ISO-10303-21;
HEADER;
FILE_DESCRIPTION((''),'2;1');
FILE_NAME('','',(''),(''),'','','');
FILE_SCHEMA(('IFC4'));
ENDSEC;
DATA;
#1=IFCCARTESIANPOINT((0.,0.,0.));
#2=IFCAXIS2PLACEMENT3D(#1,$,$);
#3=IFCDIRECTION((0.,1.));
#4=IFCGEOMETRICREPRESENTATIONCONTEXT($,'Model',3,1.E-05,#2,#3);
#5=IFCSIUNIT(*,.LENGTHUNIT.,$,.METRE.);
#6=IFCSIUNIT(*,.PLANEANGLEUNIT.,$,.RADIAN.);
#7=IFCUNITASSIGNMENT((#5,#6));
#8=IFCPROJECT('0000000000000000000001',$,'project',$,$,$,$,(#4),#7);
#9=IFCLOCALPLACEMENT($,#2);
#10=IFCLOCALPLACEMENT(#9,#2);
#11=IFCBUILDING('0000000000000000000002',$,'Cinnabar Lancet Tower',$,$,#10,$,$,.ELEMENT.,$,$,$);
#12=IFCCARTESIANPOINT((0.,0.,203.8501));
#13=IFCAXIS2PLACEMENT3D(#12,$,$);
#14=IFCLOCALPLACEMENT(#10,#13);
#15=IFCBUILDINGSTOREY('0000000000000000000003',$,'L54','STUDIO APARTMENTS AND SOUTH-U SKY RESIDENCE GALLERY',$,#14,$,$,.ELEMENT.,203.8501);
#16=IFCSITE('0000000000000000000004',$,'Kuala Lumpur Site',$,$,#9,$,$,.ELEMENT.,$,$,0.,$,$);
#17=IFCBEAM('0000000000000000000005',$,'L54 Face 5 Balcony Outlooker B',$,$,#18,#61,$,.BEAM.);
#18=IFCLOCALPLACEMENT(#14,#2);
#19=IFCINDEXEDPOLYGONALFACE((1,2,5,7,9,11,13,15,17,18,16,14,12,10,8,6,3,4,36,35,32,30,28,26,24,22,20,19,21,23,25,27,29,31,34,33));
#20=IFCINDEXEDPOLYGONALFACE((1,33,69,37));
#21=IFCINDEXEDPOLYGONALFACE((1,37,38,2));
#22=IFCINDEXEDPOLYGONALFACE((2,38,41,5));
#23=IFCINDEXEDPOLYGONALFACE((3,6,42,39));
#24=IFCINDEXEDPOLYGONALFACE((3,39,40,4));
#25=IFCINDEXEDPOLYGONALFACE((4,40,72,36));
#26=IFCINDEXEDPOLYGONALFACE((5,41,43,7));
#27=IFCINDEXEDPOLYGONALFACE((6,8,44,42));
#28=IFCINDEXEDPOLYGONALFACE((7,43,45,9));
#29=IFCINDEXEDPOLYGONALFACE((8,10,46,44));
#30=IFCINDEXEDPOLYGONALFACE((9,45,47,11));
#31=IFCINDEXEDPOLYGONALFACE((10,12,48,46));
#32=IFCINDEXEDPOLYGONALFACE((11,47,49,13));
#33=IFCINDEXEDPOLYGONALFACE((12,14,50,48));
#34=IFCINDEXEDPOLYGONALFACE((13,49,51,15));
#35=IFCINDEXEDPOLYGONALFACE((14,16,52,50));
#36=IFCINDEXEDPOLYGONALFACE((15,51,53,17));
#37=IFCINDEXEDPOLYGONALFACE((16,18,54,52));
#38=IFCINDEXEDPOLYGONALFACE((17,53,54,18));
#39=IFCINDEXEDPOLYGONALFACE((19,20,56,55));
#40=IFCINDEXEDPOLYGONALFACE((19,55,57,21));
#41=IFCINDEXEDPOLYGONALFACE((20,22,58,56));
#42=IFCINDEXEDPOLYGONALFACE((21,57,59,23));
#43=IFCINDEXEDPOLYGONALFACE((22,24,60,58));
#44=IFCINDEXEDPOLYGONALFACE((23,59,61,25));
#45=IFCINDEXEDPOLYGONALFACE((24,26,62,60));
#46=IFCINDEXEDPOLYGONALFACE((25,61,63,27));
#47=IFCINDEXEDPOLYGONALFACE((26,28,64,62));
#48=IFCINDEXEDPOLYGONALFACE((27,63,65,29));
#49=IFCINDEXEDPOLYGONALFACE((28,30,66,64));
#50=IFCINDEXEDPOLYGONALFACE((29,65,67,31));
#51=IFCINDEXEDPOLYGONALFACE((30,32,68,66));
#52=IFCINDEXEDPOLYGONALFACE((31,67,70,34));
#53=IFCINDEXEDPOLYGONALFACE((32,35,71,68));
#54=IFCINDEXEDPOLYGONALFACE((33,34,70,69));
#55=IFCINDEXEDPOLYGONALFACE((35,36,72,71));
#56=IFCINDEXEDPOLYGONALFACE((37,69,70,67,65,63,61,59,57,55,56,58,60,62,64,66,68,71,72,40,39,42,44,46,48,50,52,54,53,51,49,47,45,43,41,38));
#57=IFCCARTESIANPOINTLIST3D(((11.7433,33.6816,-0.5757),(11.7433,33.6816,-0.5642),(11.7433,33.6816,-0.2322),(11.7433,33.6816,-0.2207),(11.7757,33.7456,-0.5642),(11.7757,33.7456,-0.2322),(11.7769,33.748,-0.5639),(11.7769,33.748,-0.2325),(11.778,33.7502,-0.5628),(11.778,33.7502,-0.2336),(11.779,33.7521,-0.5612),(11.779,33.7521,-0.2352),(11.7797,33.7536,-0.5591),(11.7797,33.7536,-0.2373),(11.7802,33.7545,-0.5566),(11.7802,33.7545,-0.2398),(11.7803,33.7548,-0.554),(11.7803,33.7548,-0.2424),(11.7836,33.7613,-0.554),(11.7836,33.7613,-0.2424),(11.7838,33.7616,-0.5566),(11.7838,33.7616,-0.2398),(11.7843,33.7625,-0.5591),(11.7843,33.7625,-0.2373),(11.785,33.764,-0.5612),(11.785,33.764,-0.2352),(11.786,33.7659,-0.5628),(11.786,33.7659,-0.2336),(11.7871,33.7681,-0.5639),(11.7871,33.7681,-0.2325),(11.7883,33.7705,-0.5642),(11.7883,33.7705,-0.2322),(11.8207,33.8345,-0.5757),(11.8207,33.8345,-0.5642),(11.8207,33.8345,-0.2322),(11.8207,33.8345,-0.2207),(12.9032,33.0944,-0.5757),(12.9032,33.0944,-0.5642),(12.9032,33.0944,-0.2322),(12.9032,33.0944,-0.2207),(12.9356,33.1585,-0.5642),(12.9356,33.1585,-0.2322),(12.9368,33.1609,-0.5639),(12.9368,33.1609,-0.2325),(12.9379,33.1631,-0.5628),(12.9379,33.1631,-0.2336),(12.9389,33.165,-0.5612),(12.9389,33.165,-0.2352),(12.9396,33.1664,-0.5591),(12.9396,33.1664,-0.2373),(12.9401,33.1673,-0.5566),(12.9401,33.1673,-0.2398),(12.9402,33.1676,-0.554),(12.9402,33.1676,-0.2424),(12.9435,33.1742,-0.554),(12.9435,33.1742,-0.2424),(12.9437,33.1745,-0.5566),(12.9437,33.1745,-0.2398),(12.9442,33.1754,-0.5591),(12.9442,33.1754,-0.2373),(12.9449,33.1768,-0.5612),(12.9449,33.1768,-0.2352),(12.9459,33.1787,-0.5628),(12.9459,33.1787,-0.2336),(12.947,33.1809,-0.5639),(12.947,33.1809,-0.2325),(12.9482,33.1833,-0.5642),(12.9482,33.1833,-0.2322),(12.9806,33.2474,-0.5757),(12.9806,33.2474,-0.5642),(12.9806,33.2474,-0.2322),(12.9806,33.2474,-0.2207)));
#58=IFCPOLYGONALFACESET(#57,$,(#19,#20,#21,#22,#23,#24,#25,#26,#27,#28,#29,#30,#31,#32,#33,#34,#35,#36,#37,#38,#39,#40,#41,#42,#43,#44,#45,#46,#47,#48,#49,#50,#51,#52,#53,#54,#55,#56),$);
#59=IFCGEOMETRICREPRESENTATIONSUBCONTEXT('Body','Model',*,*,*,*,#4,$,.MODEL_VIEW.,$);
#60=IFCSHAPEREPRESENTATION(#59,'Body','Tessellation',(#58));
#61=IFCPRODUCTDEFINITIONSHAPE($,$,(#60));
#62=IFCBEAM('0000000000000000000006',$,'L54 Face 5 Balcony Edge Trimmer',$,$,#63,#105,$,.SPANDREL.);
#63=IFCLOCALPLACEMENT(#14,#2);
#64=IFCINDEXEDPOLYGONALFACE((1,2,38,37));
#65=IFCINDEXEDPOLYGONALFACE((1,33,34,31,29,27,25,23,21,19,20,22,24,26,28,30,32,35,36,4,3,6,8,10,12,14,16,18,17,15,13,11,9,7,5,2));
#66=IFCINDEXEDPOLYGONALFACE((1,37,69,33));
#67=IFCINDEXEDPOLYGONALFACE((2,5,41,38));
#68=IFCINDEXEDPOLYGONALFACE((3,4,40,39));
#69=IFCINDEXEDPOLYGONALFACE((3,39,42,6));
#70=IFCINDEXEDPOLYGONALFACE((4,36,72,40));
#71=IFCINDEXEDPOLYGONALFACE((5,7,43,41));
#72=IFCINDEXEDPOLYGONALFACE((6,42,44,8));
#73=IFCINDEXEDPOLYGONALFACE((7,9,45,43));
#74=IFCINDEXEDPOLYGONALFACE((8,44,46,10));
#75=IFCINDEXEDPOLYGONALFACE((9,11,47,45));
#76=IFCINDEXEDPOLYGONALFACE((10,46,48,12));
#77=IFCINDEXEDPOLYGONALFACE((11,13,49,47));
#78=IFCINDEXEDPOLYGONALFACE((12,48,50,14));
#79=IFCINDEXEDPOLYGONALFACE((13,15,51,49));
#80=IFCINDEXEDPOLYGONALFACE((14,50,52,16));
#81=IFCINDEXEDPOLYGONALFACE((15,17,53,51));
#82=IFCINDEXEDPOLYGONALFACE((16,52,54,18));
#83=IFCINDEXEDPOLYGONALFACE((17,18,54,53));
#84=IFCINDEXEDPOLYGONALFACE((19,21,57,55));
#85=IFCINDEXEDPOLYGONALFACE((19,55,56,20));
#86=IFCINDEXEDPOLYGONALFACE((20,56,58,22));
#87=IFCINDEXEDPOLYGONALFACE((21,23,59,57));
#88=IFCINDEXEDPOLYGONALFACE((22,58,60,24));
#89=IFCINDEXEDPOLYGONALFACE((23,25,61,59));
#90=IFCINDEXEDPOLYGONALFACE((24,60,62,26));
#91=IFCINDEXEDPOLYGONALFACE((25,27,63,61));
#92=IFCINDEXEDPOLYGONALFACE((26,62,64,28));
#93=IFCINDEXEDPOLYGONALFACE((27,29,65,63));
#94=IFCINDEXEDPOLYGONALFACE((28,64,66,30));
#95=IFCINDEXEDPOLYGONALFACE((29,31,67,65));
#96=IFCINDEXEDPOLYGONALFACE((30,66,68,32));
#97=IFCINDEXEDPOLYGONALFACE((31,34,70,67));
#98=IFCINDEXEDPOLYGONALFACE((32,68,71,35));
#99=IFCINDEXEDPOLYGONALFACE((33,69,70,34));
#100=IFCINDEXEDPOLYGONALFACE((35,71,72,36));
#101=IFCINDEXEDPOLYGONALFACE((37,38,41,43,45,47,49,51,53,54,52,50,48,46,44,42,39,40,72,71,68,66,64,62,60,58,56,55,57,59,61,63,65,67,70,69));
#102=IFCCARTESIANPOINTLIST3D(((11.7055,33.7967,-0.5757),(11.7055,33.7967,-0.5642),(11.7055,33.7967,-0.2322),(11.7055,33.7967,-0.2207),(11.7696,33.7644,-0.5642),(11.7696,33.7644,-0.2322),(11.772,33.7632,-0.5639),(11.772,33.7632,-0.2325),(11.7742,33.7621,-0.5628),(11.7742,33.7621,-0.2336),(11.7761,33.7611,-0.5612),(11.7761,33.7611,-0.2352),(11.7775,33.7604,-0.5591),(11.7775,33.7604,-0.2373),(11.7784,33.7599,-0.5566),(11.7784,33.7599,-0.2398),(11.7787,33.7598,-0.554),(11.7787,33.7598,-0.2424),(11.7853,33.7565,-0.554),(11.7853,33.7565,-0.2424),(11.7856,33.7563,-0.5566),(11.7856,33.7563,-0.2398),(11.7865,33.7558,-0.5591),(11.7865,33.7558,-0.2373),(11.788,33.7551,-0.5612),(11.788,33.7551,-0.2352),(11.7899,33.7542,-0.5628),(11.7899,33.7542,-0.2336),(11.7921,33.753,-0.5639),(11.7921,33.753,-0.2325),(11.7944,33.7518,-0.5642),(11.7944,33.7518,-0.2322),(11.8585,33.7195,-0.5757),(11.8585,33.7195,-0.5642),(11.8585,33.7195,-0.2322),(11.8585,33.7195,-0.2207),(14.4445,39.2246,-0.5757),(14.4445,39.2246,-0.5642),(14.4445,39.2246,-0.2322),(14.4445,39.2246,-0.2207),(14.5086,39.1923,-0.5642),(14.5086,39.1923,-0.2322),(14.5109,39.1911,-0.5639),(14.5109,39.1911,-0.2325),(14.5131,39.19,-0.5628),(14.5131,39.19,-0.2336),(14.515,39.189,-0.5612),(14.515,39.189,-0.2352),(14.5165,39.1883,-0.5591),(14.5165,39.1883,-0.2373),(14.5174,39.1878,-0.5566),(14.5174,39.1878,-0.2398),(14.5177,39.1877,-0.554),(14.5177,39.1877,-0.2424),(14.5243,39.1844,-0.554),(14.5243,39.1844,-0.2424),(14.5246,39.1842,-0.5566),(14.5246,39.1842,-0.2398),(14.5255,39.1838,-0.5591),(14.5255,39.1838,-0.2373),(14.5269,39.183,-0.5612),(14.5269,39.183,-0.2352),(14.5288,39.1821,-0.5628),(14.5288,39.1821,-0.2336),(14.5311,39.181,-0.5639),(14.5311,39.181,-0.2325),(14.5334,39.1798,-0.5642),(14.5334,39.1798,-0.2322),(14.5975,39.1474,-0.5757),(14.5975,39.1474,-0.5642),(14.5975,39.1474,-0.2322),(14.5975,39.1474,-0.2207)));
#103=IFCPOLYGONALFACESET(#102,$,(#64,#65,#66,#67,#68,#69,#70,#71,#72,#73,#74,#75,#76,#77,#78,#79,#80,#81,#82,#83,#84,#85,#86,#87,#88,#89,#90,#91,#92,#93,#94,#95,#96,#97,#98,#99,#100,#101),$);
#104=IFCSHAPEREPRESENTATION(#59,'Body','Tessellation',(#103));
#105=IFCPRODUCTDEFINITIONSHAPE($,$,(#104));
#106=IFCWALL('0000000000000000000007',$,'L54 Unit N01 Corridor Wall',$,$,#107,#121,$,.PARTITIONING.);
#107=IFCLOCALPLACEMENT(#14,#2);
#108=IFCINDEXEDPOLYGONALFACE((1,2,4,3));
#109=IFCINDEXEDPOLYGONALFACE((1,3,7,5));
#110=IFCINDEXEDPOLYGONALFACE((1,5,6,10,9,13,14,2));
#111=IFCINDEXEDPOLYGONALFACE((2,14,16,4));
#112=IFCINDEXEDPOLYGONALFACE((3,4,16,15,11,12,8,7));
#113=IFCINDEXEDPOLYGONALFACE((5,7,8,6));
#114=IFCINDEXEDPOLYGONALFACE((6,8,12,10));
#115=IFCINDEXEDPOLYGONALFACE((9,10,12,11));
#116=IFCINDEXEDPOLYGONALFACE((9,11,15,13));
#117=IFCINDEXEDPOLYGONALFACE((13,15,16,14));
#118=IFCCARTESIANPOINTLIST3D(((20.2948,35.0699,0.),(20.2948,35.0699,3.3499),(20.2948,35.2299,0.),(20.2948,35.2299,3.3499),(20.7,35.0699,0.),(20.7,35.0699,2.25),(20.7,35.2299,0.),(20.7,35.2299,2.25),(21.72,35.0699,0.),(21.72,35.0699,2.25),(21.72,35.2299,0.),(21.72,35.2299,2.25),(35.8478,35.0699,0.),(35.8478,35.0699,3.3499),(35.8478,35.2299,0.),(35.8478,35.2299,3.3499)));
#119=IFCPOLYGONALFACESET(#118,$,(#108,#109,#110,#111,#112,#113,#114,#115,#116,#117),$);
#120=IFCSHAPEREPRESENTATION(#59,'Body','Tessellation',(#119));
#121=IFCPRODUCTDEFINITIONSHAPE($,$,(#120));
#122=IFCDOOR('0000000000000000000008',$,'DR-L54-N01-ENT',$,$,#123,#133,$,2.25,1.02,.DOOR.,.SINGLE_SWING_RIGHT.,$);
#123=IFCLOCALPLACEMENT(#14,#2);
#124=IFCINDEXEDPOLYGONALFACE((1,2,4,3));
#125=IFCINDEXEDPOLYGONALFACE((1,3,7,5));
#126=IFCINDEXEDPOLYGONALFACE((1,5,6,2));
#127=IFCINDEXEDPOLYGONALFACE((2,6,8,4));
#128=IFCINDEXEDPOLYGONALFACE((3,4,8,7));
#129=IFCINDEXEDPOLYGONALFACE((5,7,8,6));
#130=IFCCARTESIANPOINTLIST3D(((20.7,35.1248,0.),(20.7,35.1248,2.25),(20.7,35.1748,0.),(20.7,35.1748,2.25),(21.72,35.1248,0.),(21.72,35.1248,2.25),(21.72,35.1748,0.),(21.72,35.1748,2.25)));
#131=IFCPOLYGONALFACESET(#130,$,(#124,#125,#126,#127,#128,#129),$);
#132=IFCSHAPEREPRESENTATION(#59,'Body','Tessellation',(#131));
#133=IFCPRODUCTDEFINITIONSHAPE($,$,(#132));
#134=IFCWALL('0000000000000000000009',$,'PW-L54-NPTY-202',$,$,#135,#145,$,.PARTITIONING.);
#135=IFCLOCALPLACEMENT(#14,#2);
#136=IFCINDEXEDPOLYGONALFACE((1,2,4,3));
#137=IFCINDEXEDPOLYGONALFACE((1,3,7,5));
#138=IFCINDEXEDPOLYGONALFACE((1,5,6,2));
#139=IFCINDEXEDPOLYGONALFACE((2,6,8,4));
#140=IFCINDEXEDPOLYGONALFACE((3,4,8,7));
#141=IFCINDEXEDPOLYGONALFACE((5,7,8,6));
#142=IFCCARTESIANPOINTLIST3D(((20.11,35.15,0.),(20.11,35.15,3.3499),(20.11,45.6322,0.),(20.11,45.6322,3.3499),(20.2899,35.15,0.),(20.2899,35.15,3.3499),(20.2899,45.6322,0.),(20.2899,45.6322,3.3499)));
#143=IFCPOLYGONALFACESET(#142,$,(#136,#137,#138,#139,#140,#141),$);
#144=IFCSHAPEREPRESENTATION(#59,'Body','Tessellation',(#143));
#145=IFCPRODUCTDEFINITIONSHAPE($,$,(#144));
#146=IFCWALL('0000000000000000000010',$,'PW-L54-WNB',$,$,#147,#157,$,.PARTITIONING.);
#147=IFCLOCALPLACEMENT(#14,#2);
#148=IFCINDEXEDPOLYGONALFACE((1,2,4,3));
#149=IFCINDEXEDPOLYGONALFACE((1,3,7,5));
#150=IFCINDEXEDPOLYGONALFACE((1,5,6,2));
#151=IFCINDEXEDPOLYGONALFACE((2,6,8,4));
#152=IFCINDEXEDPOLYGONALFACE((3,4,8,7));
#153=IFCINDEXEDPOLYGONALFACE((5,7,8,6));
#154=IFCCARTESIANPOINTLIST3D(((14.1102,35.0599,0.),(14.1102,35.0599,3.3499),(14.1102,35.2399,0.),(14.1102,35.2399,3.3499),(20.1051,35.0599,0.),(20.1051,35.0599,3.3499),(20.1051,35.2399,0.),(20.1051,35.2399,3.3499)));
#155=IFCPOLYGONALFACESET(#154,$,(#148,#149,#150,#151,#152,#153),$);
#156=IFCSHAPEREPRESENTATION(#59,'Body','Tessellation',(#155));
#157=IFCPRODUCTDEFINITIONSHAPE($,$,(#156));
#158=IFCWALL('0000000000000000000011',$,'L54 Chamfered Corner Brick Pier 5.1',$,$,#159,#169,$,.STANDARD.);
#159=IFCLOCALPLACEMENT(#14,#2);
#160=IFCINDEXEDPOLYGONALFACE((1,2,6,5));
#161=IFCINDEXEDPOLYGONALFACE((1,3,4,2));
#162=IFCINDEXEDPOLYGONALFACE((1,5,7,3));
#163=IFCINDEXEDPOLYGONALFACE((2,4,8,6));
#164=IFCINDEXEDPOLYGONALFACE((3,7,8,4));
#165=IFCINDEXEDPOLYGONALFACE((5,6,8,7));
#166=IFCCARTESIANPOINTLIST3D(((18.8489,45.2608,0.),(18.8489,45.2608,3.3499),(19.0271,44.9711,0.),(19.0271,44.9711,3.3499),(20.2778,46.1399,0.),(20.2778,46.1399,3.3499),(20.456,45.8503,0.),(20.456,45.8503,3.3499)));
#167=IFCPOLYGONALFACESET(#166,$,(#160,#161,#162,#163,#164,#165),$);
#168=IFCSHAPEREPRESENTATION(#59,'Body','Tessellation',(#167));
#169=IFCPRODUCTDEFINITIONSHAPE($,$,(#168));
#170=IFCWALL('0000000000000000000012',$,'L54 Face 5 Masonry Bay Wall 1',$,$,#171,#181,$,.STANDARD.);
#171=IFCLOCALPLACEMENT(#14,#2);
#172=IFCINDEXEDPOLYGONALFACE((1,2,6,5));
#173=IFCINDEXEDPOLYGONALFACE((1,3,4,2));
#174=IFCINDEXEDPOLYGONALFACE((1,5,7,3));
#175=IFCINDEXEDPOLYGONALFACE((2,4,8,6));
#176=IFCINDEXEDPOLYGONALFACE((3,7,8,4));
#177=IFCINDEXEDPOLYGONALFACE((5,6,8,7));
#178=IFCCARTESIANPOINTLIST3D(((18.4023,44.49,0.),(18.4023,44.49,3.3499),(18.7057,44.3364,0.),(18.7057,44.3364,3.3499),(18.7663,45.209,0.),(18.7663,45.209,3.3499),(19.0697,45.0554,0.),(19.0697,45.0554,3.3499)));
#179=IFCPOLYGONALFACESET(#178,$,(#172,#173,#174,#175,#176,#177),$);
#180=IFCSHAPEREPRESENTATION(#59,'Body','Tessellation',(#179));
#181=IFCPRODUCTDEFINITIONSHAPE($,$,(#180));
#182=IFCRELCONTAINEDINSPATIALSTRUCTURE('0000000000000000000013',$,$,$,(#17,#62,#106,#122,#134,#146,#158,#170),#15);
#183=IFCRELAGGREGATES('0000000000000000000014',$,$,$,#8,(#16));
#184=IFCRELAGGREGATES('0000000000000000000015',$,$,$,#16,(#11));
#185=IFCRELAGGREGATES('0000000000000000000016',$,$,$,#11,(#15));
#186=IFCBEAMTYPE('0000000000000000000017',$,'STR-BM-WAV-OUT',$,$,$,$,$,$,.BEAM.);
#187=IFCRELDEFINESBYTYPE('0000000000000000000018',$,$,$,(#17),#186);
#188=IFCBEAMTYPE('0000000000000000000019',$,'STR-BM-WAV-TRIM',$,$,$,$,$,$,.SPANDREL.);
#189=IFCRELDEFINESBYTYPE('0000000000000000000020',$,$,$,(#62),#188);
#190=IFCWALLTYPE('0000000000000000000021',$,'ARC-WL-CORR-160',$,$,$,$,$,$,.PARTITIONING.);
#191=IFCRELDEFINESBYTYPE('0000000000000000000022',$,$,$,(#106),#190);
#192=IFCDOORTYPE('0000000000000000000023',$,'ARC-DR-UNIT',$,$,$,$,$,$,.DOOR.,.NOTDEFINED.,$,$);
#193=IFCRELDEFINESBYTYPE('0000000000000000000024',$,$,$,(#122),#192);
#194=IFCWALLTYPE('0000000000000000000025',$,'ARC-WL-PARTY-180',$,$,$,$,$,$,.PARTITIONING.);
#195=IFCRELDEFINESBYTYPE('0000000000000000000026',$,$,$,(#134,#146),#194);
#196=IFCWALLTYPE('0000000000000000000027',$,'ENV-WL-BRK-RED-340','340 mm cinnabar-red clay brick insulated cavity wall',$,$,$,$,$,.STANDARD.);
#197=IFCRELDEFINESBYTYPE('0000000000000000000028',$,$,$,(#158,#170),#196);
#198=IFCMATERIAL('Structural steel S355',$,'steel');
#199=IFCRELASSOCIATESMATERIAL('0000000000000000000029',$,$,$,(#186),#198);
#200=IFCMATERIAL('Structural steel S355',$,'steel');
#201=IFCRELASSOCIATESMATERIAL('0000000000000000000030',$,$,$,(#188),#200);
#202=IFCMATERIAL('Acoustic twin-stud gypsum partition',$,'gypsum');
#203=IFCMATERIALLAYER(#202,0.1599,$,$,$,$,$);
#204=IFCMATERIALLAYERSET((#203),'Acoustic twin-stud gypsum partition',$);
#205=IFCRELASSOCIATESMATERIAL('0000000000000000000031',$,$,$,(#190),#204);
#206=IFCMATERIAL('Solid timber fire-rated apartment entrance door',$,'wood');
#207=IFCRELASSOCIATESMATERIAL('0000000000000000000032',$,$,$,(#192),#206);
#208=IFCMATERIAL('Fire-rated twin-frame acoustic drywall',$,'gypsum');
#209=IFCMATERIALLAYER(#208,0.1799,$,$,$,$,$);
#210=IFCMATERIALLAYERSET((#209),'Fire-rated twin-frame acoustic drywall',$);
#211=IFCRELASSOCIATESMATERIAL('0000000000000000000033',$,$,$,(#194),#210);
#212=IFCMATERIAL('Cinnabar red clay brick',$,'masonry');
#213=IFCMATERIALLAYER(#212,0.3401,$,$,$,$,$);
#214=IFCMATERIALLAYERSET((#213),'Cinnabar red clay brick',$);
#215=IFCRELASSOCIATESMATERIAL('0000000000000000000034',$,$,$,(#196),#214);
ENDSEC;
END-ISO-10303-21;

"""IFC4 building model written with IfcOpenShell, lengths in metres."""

from ifc_helpers import new_model, si_unit, direction, frame, frame_2d, origin, origin_2d, place, context, subcontext, project, spatial, rectangle, i_section, extrude, material, layer, layer_set, material_profile, profile_set, type_object, element, fill, save


model = new_model("IFC4")

# Units and contexts
model_context = context("Model", 3, precision=1e-05, world=origin(), true_north=direction((0.0, 1.0)))
body_context = subcontext(model_context, "Body", "Model", "MODEL_VIEW")
ifc_project = project(units=[si_unit("LENGTHUNIT", "METRE"), si_unit("PLANEANGLEUNIT", "RADIAN")], contexts=[model_context])

# Site, building, storey
site_placement = place(None, origin())
site = spatial("IfcSite", under=ifc_project, at=site_placement, Name="Kuala Lumpur Site", CompositionType="ELEMENT", RefElevation=0.0)
building_placement = place(site_placement, origin())
building = spatial("IfcBuilding", under=site, at=building_placement, Name="Cinnabar Lancet Tower", CompositionType="ELEMENT")
storey_placement = place(building_placement, frame((0.0, 0.0, 203.8501)))
storey = spatial("IfcBuildingStorey", under=building, at=storey_placement, Name="L54", Description="STUDIO APARTMENTS AND SOUTH-U SKY RESIDENCE GALLERY", CompositionType="ELEMENT", Elevation=203.8501)

# Beams
ifc_material_1 = material(Name="Structural steel S355", Category="steel")
ifc_material_profile_1 = material_profile(ifc_material_1, i_section(OverallWidth=0.1714, OverallDepth=0.355, WebThickness=0.0073, FlangeThickness=0.0115, FilletRadius=0.0103, at=origin_2d()), Name="UKB 356x171x51")
ifc_profile_set_1 = profile_set([ifc_material_profile_1], Name="Structural steel S355")
beam_type_1 = type_object("IfcBeamType", Name="STR-BM-WAV-OUT", PredefinedType="BEAM", material=ifc_profile_set_1)
for number, where, z_axis, x_axis, name in (
    (1, (12.9419, 33.1709, -0.3982), (-0.8922, 0.45164, 0.0), (-0.45164, -0.8922, 0.0), "L54 Face 5 Balcony Outlooker B"),
):
    element("IfcBeam", number, at=place(storey_placement, frame(where, z_axis=z_axis, x_axis=x_axis)), inside=storey, type_object=beam_type_1, Name=name, PredefinedType="BEAM", context=body_context, shape_type="SweptSolid", body=[
        extrude(i_section(OverallWidth=0.1714, OverallDepth=0.355, WebThickness=0.0073, FlangeThickness=0.0115, FilletRadius=0.0103, at=origin_2d()), origin(), (0.0, 0.0, 1.0), 1.3),
    ])
ifc_material_2 = material(Name="Structural steel S355", Category="steel")
ifc_material_profile_2 = material_profile(ifc_material_2, i_section(OverallWidth=0.1714, OverallDepth=0.355, WebThickness=0.0073, FlangeThickness=0.0115, FilletRadius=0.0103, at=origin_2d()), Name="UKB 356x171x51")
ifc_profile_set_2 = profile_set([ifc_material_profile_2], Name="Structural steel S355")
beam_type_2 = type_object("IfcBeamType", Name="STR-BM-WAV-TRIM", PredefinedType="SPANDREL", material=ifc_profile_set_2)
beam_1_placement = place(storey_placement, frame((14.521, 39.186, -0.3982), z_axis=(-0.450503, -0.892775, 0.0), x_axis=(0.892775, -0.450503, 0.0)))
element("IfcBeam", 2, at=beam_1_placement, inside=storey, type_object=beam_type_2, Name="L54 Face 5 Balcony Edge Trimmer", PredefinedType="SPANDREL", context=body_context, shape_type="SweptSolid", body=[
    extrude(i_section(OverallWidth=0.1714, OverallDepth=0.355, WebThickness=0.0073, FlangeThickness=0.0115, FilletRadius=0.0103, at=origin_2d()), origin(), (0.0, 0.0, 1.0), 6.0798),
])

# Wall, opening, door
ifc_material_3 = material(Name="Acoustic twin-stud gypsum partition", Category="gypsum")
ifc_layer_1 = layer(ifc_material_3, 0.1599)
ifc_layer_set_1 = layer_set([ifc_layer_1], Name="Acoustic twin-stud gypsum partition")
wall_type_1 = type_object("IfcWallType", Name="ARC-WL-CORR-160", PredefinedType="PARTITIONING", material=ifc_layer_set_1)
wall_1_placement = place(storey_placement, frame((20.2949, 35.1499, 0.0), z_axis=(0.0, 0.0, 1.0), x_axis=(1.0, 0.0, 0.0)))
wall_1 = element("IfcWall", 3, at=wall_1_placement, inside=storey, type_object=wall_type_1, Name="L54 Unit N01 Corridor Wall", PredefinedType="PARTITIONING", context=body_context, shape_type="SweptSolid", body=[
    extrude(rectangle(XDim=15.553, YDim=0.1599, at=frame_2d((7.7764, 0.0))), origin(), (0.0, 0.0, 1.0), 3.3499),
])
opening_1_placement = place(wall_1_placement, frame((0.405, 0.0, 0.0)))
opening_1 = element("IfcOpeningElement", 4, at=opening_1_placement, cuts=wall_1, PredefinedType="OPENING", context=body_context, shape_type="SweptSolid", body=[
    extrude(rectangle(XDim=1.02, YDim=2.25, at=frame_2d((0.51, 1.125))), frame((0.0, 0.0898, 0.0), z_axis=(0.0, -1.0, 0.0), x_axis=(1.0, 0.0, 0.0)), (0.0, 0.0, 1.0), 0.1799),
])
ifc_material_4 = material(Name="Solid timber fire-rated apartment entrance door", Category="wood")
door_type_1 = type_object("IfcDoorType", Name="ARC-DR-UNIT", OperationType="NOTDEFINED", PredefinedType="DOOR", material=ifc_material_4)
door_1_placement = place(opening_1_placement, origin())
door_1 = element("IfcDoor", 5, at=door_1_placement, inside=storey, type_object=door_type_1, Name="DR-L54-N01-ENT", OperationType="SINGLE_SWING_RIGHT", OverallHeight=2.25, OverallWidth=1.02, PredefinedType="DOOR", context=body_context, shape_type="SweptSolid", body=[
    extrude(rectangle(XDim=1.02, YDim=2.25, at=frame_2d((0.51, 1.125))), frame((0.0, 0.0249, 0.0), z_axis=(0.0, -1.0, 0.0), x_axis=(1.0, 0.0, 0.0)), (0.0, 0.0, 1.0), 0.05),
])
fill(opening_1, door_1)

# Walls
ifc_material_5 = material(Name="Fire-rated twin-frame acoustic drywall", Category="gypsum")
ifc_layer_2 = layer(ifc_material_5, 0.1799)
ifc_layer_set_2 = layer_set([ifc_layer_2], Name="Fire-rated twin-frame acoustic drywall")
wall_type_2 = type_object("IfcWallType", Name="ARC-WL-PARTY-180", PredefinedType="PARTITIONING", material=ifc_layer_set_2)
wall_2_placement = place(storey_placement, frame((20.2, 35.1499, 0.0), z_axis=(0.0, 0.0, 1.0), x_axis=(0.0, 1.0, 0.0)))
element("IfcWall", 6, at=wall_2_placement, inside=storey, type_object=wall_type_2, Name="PW-L54-NPTY-202", PredefinedType="PARTITIONING", context=body_context, shape_type="SweptSolid", body=[
    extrude(rectangle(XDim=10.4822, YDim=0.1799, at=frame_2d((5.2412, 0.0))), origin(), (0.0, 0.0, 1.0), 3.3499),
])
wall_3_placement = place(storey_placement, frame((14.1101, 35.1499, 0.0), z_axis=(0.0, 0.0, 1.0), x_axis=(1.0, 0.0, 0.0)))
element("IfcWall", 7, at=wall_3_placement, inside=storey, type_object=wall_type_2, Name="PW-L54-WNB", PredefinedType="PARTITIONING", context=body_context, shape_type="SweptSolid", body=[
    extrude(rectangle(XDim=5.9949, YDim=0.1799, at=frame_2d((2.9976, 0.0))), origin(), (0.0, 0.0, 1.0), 3.3499),
])
ifc_material_6 = material(Name="Cinnabar red clay brick", Category="masonry")
ifc_layer_3 = layer(ifc_material_6, 0.3401)
ifc_layer_set_3 = layer_set([ifc_layer_3], Name="Cinnabar red clay brick")
wall_type_3 = type_object("IfcWallType", Name="ENV-WL-BRK-RED-340", Description="340 mm cinnabar-red clay brick insulated cavity wall", PredefinedType="STANDARD", material=ifc_layer_set_3)
wall_4_placement = place(storey_placement, frame((20.3669, 45.9951, 0.0), z_axis=(0.0, 0.0, 1.0), x_axis=(-0.851713, -0.524008, 0.0)))
element("IfcWall", 8, at=wall_4_placement, inside=storey, type_object=wall_type_3, Name="L54 Chamfered Corner Brick Pier 5.1", PredefinedType="STANDARD", context=body_context, shape_type="SweptSolid", body=[
    extrude(rectangle(XDim=1.6777, YDim=0.3401, at=frame_2d((0.8389, 0.0))), origin(), (0.0, 0.0, 1.0), 3.3499),
])
wall_5_placement = place(storey_placement, frame((18.918, 45.1321, 0.0), z_axis=(0.0, 0.0, 1.0), x_axis=(-0.451692, -0.892174, 0.0)))
element("IfcWall", 9, at=wall_5_placement, inside=storey, type_object=wall_type_3, Name="L54 Face 5 Masonry Bay Wall 1", PredefinedType="STANDARD", context=body_context, shape_type="SweptSolid", body=[
    extrude(rectangle(XDim=0.8059, YDim=0.3401, at=frame_2d((0.4028, 0.0))), origin(), (0.0, 0.0, 1.0), 3.3499),
])

save(model, "model.ifc")
